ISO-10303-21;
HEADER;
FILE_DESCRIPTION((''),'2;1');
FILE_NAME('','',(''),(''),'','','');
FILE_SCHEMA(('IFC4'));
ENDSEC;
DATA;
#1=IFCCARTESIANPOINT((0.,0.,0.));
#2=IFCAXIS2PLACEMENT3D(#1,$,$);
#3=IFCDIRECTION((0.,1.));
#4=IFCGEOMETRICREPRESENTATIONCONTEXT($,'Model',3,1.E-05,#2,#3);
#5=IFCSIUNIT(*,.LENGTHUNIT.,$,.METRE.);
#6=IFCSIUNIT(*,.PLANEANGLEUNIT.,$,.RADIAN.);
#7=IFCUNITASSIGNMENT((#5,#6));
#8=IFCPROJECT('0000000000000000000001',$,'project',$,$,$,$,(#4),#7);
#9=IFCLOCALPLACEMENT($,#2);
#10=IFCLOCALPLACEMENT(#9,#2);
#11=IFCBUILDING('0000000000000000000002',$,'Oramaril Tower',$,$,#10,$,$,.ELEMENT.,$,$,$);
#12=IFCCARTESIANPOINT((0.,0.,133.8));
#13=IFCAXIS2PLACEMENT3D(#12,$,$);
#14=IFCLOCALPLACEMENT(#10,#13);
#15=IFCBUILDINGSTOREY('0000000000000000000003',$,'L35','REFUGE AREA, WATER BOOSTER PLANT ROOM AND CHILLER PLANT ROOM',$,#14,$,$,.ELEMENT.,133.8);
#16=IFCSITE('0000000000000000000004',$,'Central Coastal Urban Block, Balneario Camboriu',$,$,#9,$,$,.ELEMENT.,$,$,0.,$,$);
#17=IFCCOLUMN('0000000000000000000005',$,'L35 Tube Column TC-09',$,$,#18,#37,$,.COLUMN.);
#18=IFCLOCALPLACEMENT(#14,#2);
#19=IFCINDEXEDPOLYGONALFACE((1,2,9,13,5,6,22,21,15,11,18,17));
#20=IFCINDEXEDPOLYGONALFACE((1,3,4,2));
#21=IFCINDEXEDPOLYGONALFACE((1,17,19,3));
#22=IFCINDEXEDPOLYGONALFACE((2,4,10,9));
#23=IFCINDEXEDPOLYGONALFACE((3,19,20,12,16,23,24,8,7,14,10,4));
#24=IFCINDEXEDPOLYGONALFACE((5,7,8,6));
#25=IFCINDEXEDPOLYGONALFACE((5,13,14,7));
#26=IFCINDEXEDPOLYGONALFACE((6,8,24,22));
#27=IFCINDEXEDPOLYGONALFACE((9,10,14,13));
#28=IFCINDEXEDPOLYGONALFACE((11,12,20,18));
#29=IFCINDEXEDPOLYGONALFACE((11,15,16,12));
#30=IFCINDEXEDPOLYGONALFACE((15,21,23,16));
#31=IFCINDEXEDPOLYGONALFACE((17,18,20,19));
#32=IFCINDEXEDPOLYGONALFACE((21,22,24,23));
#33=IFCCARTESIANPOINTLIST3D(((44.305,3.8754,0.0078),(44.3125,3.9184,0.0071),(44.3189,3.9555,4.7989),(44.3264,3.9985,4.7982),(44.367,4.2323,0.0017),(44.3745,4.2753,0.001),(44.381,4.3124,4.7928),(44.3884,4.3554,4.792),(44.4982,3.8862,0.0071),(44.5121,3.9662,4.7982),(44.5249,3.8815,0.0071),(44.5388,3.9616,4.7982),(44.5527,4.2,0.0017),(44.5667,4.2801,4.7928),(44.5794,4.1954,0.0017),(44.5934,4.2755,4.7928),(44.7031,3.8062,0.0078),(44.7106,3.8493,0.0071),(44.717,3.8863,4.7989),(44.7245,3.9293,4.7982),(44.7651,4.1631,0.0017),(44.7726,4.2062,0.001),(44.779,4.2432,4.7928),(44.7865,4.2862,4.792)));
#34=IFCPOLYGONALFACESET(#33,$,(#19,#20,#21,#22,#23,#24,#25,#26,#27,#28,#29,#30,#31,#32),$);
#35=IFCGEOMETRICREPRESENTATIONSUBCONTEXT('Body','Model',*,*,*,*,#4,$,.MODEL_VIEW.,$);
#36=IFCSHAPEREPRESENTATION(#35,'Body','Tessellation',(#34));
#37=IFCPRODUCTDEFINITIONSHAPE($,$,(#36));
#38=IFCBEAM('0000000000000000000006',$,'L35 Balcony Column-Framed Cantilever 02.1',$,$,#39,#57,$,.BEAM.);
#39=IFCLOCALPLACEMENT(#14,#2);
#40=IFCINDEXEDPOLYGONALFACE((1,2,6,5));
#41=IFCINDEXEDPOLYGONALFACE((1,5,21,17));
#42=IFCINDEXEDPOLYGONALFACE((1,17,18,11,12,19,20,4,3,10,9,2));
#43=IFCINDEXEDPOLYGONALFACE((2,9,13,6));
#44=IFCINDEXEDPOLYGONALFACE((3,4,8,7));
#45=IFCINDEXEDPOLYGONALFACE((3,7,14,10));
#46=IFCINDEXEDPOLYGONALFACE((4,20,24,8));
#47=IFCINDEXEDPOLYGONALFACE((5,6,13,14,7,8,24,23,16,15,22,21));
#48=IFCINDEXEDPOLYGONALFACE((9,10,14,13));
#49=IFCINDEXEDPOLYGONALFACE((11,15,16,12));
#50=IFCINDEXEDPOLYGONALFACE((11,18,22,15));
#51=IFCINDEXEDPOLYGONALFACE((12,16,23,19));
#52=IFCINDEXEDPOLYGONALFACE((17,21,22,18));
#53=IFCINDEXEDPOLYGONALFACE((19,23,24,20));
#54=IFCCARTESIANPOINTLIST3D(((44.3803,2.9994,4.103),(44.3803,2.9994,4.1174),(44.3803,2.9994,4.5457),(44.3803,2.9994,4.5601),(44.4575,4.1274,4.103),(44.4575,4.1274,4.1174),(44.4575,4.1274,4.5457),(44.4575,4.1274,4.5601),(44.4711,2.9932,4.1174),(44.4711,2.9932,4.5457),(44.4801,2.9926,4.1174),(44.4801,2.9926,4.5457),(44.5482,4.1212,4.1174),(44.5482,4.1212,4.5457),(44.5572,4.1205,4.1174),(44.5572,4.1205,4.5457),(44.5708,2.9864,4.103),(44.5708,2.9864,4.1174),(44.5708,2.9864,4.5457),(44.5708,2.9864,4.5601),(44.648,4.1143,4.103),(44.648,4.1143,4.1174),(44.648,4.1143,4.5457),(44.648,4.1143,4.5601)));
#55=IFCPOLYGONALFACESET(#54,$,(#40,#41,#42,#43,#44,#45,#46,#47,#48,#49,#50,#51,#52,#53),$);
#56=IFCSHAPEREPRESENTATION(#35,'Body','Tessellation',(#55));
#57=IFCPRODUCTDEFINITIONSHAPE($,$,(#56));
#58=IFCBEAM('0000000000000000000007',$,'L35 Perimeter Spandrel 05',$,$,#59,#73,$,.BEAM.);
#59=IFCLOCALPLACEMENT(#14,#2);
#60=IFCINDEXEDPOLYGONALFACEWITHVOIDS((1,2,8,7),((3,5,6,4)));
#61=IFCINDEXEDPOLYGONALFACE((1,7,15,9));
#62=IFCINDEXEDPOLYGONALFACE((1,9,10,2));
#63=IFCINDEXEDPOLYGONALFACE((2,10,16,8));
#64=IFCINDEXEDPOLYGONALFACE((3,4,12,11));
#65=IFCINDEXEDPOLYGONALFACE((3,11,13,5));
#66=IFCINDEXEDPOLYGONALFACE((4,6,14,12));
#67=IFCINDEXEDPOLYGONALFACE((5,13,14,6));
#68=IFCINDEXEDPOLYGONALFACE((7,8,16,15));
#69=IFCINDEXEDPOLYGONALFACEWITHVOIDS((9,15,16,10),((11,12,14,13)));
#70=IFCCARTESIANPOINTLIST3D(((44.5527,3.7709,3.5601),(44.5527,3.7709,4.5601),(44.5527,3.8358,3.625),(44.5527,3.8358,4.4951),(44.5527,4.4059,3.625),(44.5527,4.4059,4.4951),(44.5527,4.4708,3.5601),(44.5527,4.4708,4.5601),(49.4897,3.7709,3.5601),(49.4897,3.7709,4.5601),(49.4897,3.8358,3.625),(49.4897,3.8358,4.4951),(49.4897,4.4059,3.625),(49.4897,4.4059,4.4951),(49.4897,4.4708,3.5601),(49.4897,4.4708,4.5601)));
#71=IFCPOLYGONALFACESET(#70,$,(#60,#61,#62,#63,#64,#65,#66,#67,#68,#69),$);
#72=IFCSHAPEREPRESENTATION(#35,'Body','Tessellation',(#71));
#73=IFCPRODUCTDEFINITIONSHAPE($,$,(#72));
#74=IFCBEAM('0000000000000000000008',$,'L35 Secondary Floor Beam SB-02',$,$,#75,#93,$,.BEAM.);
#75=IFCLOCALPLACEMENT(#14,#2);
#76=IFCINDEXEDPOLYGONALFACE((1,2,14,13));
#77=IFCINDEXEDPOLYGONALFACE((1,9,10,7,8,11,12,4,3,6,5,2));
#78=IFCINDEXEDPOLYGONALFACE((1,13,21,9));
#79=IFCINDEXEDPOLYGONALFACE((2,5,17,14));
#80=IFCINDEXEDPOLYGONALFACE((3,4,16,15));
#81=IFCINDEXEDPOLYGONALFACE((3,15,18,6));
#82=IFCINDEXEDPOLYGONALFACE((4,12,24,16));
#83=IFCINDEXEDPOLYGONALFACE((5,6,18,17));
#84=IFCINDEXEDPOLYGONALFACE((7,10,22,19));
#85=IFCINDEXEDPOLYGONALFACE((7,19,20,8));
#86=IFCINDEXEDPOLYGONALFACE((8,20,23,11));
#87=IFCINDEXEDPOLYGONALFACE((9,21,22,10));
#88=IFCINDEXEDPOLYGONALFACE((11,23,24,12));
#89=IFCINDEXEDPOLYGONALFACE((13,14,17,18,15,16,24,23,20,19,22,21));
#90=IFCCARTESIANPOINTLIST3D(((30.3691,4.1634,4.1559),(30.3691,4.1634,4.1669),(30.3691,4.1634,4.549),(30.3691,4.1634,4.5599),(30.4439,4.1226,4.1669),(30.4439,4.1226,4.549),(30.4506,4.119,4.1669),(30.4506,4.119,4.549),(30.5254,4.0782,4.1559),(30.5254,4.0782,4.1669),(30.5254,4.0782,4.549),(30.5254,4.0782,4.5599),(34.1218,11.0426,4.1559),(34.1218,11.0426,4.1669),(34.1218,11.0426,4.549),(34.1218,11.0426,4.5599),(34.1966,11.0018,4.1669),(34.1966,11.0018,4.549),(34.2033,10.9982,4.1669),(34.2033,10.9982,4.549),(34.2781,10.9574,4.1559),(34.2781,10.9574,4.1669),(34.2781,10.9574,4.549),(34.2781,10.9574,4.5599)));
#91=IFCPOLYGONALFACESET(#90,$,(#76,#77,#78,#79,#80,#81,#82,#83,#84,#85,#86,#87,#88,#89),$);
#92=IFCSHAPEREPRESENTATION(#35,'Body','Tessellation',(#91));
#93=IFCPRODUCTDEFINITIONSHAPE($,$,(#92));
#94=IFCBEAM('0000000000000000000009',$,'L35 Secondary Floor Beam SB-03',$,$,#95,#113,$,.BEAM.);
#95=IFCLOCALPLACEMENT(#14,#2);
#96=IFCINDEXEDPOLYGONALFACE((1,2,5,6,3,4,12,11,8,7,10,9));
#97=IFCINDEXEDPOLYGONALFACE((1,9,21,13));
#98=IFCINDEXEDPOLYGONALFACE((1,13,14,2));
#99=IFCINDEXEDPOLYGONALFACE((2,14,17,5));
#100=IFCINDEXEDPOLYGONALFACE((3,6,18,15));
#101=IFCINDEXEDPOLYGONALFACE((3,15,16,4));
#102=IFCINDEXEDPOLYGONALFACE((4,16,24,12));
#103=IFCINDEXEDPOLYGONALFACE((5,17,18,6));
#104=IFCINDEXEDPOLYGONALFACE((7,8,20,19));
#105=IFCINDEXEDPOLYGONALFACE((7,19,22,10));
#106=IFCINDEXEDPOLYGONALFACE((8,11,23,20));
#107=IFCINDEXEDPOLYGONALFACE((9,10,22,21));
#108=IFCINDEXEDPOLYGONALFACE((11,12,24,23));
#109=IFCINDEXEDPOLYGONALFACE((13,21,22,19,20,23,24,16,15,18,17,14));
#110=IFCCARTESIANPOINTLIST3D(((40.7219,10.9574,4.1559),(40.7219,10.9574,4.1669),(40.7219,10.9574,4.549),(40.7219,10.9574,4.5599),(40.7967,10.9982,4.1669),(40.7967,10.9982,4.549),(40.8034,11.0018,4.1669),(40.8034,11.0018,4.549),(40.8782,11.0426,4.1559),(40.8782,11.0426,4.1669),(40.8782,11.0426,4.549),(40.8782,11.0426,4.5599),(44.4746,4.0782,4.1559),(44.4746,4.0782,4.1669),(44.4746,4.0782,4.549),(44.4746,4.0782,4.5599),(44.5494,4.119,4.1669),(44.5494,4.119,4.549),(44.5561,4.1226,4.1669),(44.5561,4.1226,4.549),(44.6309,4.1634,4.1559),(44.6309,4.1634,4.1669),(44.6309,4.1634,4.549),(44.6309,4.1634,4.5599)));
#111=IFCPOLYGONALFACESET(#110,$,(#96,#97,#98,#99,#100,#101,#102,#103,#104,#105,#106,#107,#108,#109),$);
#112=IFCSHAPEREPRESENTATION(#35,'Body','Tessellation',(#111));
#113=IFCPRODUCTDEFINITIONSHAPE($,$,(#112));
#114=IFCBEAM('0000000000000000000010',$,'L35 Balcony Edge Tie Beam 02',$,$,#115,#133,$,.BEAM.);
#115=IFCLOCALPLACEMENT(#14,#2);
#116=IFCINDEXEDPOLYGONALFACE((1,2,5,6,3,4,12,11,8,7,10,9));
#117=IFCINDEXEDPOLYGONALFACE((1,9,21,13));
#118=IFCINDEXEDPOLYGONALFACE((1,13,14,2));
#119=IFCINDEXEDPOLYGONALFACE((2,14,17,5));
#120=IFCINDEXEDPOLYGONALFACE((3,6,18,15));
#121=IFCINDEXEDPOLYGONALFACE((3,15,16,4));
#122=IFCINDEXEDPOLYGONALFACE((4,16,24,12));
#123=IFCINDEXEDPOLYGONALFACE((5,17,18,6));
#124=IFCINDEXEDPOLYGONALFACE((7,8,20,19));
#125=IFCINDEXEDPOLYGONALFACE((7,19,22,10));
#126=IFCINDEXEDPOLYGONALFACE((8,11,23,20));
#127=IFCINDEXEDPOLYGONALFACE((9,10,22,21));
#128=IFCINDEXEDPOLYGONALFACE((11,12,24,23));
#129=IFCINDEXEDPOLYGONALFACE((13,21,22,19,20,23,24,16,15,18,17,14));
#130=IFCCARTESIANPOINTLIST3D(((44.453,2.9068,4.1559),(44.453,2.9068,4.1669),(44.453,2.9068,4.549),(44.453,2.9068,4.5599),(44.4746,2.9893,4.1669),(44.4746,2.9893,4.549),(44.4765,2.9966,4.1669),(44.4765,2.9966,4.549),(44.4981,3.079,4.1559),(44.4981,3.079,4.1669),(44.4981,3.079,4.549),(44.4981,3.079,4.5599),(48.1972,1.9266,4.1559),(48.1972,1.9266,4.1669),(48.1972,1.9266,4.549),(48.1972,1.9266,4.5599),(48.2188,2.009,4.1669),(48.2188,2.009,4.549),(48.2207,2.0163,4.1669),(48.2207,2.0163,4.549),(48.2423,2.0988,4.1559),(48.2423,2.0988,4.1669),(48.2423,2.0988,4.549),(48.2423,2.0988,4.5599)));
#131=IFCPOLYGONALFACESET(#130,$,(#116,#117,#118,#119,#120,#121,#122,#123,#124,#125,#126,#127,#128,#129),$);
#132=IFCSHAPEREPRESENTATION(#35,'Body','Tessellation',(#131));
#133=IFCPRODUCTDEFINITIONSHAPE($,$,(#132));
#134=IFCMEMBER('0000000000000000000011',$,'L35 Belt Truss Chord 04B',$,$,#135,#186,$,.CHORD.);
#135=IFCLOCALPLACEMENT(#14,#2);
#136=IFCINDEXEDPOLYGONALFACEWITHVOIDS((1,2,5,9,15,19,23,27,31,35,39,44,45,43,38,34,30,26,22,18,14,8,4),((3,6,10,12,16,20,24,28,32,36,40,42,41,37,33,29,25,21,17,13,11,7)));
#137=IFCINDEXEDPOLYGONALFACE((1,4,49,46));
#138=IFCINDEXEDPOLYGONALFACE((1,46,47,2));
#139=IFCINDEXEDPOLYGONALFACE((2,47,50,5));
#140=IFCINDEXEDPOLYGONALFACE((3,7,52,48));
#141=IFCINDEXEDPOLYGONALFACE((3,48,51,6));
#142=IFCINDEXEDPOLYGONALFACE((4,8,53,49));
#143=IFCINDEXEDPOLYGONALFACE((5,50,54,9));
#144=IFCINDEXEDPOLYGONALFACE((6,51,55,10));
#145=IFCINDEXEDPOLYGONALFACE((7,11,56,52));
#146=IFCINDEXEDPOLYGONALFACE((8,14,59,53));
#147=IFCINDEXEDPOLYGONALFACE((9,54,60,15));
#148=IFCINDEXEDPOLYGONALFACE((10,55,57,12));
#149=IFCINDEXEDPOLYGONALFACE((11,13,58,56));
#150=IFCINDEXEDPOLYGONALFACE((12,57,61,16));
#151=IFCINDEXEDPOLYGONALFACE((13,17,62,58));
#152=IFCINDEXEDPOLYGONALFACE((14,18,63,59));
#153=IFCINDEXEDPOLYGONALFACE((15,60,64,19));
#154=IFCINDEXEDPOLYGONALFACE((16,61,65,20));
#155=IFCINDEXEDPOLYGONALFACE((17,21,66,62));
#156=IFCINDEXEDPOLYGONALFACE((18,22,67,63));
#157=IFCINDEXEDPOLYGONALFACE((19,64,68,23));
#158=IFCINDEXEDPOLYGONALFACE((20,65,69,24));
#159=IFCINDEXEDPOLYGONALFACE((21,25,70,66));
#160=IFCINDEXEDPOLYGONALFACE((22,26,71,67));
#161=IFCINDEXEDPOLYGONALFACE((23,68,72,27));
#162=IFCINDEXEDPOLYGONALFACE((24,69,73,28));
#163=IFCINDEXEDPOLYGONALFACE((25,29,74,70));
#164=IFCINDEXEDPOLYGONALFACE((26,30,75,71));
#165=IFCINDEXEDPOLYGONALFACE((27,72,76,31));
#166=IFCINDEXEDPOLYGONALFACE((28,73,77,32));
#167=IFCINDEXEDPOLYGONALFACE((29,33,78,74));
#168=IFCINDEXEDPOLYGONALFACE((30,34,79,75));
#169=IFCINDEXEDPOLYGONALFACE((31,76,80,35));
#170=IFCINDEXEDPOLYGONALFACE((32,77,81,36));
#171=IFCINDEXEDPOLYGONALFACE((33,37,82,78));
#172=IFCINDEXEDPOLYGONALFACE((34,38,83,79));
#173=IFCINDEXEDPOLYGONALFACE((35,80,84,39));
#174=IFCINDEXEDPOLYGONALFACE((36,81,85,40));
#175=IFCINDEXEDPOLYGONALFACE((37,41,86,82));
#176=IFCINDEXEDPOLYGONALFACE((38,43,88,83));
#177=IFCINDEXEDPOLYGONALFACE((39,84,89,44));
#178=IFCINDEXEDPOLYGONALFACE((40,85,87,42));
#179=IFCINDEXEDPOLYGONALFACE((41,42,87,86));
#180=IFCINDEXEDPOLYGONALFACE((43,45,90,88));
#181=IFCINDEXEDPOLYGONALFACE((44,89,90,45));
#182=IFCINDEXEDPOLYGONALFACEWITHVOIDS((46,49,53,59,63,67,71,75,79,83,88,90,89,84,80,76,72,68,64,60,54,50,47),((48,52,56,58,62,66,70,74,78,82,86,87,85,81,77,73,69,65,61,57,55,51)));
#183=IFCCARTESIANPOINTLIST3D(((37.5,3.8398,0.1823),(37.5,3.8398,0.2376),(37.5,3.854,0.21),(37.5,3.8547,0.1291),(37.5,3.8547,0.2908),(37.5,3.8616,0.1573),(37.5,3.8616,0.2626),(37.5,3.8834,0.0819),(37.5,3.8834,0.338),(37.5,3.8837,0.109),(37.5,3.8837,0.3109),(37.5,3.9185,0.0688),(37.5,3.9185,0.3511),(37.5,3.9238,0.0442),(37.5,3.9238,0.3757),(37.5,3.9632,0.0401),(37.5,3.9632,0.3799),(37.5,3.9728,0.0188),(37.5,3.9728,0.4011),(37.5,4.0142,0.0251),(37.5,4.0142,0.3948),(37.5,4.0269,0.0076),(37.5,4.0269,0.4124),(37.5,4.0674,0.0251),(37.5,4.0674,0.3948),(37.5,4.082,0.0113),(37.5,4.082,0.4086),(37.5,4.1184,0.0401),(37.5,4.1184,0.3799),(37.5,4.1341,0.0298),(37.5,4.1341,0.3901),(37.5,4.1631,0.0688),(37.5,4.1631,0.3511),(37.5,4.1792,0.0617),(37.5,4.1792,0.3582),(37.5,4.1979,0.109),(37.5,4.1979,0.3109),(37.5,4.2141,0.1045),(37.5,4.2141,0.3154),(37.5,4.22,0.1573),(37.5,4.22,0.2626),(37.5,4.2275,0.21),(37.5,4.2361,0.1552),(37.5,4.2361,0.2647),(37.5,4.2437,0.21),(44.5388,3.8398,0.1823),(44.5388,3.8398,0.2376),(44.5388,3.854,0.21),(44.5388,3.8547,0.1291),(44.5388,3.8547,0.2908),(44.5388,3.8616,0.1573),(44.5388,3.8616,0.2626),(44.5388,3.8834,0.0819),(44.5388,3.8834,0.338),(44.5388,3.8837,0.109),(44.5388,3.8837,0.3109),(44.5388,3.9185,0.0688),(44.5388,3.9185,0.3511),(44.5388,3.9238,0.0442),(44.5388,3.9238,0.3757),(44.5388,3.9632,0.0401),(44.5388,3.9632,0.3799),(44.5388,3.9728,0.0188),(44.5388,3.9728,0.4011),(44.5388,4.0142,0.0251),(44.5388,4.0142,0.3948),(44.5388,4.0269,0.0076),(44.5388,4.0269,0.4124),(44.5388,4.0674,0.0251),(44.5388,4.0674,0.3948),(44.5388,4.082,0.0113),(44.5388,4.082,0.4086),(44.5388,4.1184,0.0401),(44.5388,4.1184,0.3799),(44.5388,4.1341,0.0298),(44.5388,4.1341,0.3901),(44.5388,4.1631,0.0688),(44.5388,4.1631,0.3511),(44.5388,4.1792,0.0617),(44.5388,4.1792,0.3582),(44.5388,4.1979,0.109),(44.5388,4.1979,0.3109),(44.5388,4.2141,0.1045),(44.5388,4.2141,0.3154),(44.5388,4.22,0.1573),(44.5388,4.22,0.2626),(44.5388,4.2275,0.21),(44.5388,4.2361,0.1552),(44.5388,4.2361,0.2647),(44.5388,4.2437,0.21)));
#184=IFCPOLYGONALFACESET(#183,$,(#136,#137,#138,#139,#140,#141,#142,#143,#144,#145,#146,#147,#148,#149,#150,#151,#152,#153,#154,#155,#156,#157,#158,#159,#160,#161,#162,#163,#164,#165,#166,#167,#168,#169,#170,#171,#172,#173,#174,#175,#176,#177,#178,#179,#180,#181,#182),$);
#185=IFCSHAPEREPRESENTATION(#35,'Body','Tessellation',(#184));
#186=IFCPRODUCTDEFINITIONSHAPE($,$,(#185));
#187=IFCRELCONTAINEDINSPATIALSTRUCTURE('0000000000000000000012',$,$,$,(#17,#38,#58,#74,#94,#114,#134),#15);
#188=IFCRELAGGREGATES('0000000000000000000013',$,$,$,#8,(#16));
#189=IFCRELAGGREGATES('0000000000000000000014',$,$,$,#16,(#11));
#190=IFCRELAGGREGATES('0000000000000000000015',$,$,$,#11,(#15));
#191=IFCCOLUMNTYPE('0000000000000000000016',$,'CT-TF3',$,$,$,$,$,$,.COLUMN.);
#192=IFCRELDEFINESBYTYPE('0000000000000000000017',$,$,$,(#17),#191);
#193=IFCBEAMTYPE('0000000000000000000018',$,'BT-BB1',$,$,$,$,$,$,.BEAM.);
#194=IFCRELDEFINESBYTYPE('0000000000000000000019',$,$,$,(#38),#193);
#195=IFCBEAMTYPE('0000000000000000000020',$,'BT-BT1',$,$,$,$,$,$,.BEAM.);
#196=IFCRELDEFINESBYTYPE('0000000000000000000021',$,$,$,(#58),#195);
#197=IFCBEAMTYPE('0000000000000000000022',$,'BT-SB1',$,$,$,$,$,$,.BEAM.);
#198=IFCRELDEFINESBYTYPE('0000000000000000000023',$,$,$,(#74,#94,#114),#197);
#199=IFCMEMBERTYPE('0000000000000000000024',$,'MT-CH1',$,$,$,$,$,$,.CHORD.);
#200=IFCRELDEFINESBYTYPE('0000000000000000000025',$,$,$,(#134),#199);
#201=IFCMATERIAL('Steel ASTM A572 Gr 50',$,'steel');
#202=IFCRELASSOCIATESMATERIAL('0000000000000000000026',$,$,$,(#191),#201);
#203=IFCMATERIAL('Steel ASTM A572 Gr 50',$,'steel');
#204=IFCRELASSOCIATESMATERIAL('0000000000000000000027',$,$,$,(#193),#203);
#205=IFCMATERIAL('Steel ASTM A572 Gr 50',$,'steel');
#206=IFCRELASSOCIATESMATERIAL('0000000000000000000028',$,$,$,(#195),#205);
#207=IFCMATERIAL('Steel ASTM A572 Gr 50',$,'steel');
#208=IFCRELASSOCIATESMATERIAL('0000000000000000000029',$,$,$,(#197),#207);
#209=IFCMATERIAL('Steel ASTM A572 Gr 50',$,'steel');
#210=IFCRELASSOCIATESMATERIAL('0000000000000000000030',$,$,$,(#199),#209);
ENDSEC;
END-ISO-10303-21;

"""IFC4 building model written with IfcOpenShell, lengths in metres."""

from ifc_helpers import new_model, si_unit, direction, frame, origin, origin_2d, place, context, subcontext, project, spatial, hollow_rectangle, hollow_circle, i_section, extrude, material, material_profile, profile_set, type_object, element, save


model = new_model("IFC4")

# Units and contexts
model_context = context("Model", 3, precision=1e-05, world=origin(), true_north=direction((0.0, 1.0)))
body_context = subcontext(model_context, "Body", "Model", "MODEL_VIEW")
ifc_project = project(units=[si_unit("LENGTHUNIT", "METRE"), si_unit("PLANEANGLEUNIT", "RADIAN")], contexts=[model_context])

# Site, building, storey
site_placement = place(None, origin())
site = spatial("IfcSite", under=ifc_project, at=site_placement, Name="Central Coastal Urban Block, Balneario Camboriu", CompositionType="ELEMENT", RefElevation=0.0)
building_placement = place(site_placement, origin())
building = spatial("IfcBuilding", under=site, at=building_placement, Name="Oramaril Tower", CompositionType="ELEMENT")
storey_placement = place(building_placement, frame((0.0, 0.0, 133.8)))
storey = spatial("IfcBuildingStorey", under=building, at=storey_placement, Name="L35", Description="REFUGE AREA, WATER BOOSTER PLANT ROOM AND CHILLER PLANT ROOM", CompositionType="ELEMENT", Elevation=133.8)

# Column
ifc_material_1 = material(Name="Steel ASTM A572 Gr 50", Category="steel")
ifc_material_profile_1 = material_profile(ifc_material_1, i_section(OverallWidth=0.4041, OverallDepth=0.406, WebThickness=0.0271, FlangeThickness=0.0437, at=origin_2d()), Name="W14X233")
ifc_profile_set_1 = profile_set([ifc_material_profile_1], Name="Steel ASTM A572 Gr 50")
column_type = type_object("IfcColumnType", Name="CT-TF3", PredefinedType="COLUMN", material=ifc_profile_set_1)
column_placement = place(storey_placement, frame((44.5388, 4.0408, 0.0044), z_axis=(0.002904, 0.016712, 0.999856), x_axis=(-0.985234, 0.171214, 0.0)))
element("IfcColumn", 1, at=column_placement, inside=storey, type_object=column_type, Name="L35 Tube Column TC-09", PredefinedType="COLUMN", context=body_context, shape_type="SweptSolid", body=[
    extrude(i_section(OverallWidth=0.4041, OverallDepth=0.406, WebThickness=0.0271, FlangeThickness=0.0437, at=origin_2d()), origin(), (0.0, 0.0, 1.0), 4.7917),
])

# Beams
ifc_material_2 = material(Name="Steel ASTM A572 Gr 50", Category="steel")
ifc_material_profile_2 = material_profile(ifc_material_2, i_section(OverallWidth=0.1909, OverallDepth=0.457, WebThickness=0.009, FlangeThickness=0.0144, at=origin_2d()), Name="W18X50")
ifc_profile_set_2 = profile_set([ifc_material_profile_2], Name="Steel ASTM A572 Gr 50")
beam_type_1 = type_object("IfcBeamType", Name="BT-BB1", PredefinedType="BEAM", material=ifc_profile_set_2)
beam_1_placement = place(storey_placement, frame((44.5527, 4.1208, 4.3315), z_axis=(-0.068239, -0.997669, 0.0), x_axis=(0.997669, -0.068239, 0.0)))
element("IfcBeam", 2, at=beam_1_placement, inside=storey, type_object=beam_type_1, Name="L35 Balcony Column-Framed Cantilever 02.1", PredefinedType="BEAM", context=body_context, shape_type="SweptSolid", body=[
    extrude(i_section(OverallWidth=0.1909, OverallDepth=0.457, WebThickness=0.009, FlangeThickness=0.0144, at=origin_2d()), origin(), (0.0, 0.0, 1.0), 1.1306),
])
ifc_material_3 = material(Name="Steel ASTM A572 Gr 50", Category="steel")
ifc_material_profile_3 = material_profile(ifc_material_3, hollow_rectangle(XDim=0.7, YDim=1.0, WallThickness=0.0649, at=origin_2d()), Name="BOX1000X700X65")
ifc_profile_set_3 = profile_set([ifc_material_profile_3], Name="Steel ASTM A572 Gr 50")
beam_type_2 = type_object("IfcBeamType", Name="BT-BT1", PredefinedType="BEAM", material=ifc_profile_set_3)
beam_2_placement = place(storey_placement, frame((44.5527, 4.1208, 4.0601), z_axis=(1.0, 0.0, 0.0), x_axis=(0.0, 1.0, 0.0)))
element("IfcBeam", 3, at=beam_2_placement, inside=storey, type_object=beam_type_2, Name="L35 Perimeter Spandrel 05", PredefinedType="BEAM", context=body_context, shape_type="SweptSolid", body=[
    extrude(hollow_rectangle(XDim=0.7, YDim=1.0, WallThickness=0.0649, at=origin_2d()), origin(), (0.0, 0.0, 1.0), 4.937),
])
ifc_material_4 = material(Name="Steel ASTM A572 Gr 50", Category="steel")
ifc_material_profile_4 = material_profile(ifc_material_4, i_section(OverallWidth=0.178, OverallDepth=0.4041, WebThickness=0.0076, FlangeThickness=0.011, at=origin_2d()), Name="W16X36")
ifc_profile_set_4 = profile_set([ifc_material_profile_4], Name="Steel ASTM A572 Gr 50")
beam_type_3 = type_object("IfcBeamType", Name="BT-SB1", PredefinedType="BEAM", material=ifc_profile_set_4)
for number, where, z_axis, x_axis, name in (
    (4, (34.2, 11.0, 4.3579), (-0.478894, -0.877873, 0.0), (0.877873, -0.478894, 0.0), "L35 Secondary Floor Beam SB-02"),
    (5, (40.8, 11.0, 4.3579), (0.478894, -0.877873, 0.0), (0.877873, 0.478894, 0.0), "L35 Secondary Floor Beam SB-03"),
):
    element("IfcBeam", number, at=place(storey_placement, frame(where, z_axis=z_axis, x_axis=x_axis)), inside=storey, type_object=beam_type_3, Name=name, PredefinedType="BEAM", context=body_context, shape_type="SweptSolid", body=[
        extrude(i_section(OverallWidth=0.178, OverallDepth=0.4041, WebThickness=0.0076, FlangeThickness=0.011, at=origin_2d()), origin(), (0.0, 0.0, 1.0), 7.8362),
    ])
beam_3_placement = place(storey_placement, frame((44.4756, 2.9929, 4.3579), z_axis=(0.967397, -0.253267, 0.0), x_axis=(0.253267, 0.967397, 0.0)))
element("IfcBeam", 6, at=beam_3_placement, inside=storey, type_object=beam_type_3, Name="L35 Balcony Edge Tie Beam 02", PredefinedType="BEAM", context=body_context, shape_type="SweptSolid", body=[
    extrude(i_section(OverallWidth=0.178, OverallDepth=0.4041, WebThickness=0.0076, FlangeThickness=0.011, at=origin_2d()), origin(), (0.0, 0.0, 1.0), 3.8704),
])

# Member
ifc_material_5 = material(Name="Steel ASTM A572 Gr 50", Category="steel")
ifc_material_profile_5 = material_profile(ifc_material_5, hollow_circle(Radius=0.2029, WallThickness=0.0161, at=origin_2d()), Name="CHS406X16")
ifc_profile_set_5 = profile_set([ifc_material_profile_5], Name="Steel ASTM A572 Gr 50")
member_type_1 = type_object("IfcMemberType", Name="MT-CH1", PredefinedType="CHORD", material=ifc_profile_set_5)
member_1_placement = place(storey_placement, frame((37.5, 4.0408, 0.21), z_axis=(1.0, 0.0, 0.0), x_axis=(0.0, 1.0, 0.0)))
element("IfcMember", 7, at=member_1_placement, inside=storey, type_object=member_type_1, Name="L35 Belt Truss Chord 04B", PredefinedType="CHORD", context=body_context, shape_type="SweptSolid", body=[
    extrude(hollow_circle(Radius=0.2029, WallThickness=0.0161, at=origin_2d()), origin(), (0.0, 0.0, 1.0), 7.0388),
])

save(model, "model.ifc")
